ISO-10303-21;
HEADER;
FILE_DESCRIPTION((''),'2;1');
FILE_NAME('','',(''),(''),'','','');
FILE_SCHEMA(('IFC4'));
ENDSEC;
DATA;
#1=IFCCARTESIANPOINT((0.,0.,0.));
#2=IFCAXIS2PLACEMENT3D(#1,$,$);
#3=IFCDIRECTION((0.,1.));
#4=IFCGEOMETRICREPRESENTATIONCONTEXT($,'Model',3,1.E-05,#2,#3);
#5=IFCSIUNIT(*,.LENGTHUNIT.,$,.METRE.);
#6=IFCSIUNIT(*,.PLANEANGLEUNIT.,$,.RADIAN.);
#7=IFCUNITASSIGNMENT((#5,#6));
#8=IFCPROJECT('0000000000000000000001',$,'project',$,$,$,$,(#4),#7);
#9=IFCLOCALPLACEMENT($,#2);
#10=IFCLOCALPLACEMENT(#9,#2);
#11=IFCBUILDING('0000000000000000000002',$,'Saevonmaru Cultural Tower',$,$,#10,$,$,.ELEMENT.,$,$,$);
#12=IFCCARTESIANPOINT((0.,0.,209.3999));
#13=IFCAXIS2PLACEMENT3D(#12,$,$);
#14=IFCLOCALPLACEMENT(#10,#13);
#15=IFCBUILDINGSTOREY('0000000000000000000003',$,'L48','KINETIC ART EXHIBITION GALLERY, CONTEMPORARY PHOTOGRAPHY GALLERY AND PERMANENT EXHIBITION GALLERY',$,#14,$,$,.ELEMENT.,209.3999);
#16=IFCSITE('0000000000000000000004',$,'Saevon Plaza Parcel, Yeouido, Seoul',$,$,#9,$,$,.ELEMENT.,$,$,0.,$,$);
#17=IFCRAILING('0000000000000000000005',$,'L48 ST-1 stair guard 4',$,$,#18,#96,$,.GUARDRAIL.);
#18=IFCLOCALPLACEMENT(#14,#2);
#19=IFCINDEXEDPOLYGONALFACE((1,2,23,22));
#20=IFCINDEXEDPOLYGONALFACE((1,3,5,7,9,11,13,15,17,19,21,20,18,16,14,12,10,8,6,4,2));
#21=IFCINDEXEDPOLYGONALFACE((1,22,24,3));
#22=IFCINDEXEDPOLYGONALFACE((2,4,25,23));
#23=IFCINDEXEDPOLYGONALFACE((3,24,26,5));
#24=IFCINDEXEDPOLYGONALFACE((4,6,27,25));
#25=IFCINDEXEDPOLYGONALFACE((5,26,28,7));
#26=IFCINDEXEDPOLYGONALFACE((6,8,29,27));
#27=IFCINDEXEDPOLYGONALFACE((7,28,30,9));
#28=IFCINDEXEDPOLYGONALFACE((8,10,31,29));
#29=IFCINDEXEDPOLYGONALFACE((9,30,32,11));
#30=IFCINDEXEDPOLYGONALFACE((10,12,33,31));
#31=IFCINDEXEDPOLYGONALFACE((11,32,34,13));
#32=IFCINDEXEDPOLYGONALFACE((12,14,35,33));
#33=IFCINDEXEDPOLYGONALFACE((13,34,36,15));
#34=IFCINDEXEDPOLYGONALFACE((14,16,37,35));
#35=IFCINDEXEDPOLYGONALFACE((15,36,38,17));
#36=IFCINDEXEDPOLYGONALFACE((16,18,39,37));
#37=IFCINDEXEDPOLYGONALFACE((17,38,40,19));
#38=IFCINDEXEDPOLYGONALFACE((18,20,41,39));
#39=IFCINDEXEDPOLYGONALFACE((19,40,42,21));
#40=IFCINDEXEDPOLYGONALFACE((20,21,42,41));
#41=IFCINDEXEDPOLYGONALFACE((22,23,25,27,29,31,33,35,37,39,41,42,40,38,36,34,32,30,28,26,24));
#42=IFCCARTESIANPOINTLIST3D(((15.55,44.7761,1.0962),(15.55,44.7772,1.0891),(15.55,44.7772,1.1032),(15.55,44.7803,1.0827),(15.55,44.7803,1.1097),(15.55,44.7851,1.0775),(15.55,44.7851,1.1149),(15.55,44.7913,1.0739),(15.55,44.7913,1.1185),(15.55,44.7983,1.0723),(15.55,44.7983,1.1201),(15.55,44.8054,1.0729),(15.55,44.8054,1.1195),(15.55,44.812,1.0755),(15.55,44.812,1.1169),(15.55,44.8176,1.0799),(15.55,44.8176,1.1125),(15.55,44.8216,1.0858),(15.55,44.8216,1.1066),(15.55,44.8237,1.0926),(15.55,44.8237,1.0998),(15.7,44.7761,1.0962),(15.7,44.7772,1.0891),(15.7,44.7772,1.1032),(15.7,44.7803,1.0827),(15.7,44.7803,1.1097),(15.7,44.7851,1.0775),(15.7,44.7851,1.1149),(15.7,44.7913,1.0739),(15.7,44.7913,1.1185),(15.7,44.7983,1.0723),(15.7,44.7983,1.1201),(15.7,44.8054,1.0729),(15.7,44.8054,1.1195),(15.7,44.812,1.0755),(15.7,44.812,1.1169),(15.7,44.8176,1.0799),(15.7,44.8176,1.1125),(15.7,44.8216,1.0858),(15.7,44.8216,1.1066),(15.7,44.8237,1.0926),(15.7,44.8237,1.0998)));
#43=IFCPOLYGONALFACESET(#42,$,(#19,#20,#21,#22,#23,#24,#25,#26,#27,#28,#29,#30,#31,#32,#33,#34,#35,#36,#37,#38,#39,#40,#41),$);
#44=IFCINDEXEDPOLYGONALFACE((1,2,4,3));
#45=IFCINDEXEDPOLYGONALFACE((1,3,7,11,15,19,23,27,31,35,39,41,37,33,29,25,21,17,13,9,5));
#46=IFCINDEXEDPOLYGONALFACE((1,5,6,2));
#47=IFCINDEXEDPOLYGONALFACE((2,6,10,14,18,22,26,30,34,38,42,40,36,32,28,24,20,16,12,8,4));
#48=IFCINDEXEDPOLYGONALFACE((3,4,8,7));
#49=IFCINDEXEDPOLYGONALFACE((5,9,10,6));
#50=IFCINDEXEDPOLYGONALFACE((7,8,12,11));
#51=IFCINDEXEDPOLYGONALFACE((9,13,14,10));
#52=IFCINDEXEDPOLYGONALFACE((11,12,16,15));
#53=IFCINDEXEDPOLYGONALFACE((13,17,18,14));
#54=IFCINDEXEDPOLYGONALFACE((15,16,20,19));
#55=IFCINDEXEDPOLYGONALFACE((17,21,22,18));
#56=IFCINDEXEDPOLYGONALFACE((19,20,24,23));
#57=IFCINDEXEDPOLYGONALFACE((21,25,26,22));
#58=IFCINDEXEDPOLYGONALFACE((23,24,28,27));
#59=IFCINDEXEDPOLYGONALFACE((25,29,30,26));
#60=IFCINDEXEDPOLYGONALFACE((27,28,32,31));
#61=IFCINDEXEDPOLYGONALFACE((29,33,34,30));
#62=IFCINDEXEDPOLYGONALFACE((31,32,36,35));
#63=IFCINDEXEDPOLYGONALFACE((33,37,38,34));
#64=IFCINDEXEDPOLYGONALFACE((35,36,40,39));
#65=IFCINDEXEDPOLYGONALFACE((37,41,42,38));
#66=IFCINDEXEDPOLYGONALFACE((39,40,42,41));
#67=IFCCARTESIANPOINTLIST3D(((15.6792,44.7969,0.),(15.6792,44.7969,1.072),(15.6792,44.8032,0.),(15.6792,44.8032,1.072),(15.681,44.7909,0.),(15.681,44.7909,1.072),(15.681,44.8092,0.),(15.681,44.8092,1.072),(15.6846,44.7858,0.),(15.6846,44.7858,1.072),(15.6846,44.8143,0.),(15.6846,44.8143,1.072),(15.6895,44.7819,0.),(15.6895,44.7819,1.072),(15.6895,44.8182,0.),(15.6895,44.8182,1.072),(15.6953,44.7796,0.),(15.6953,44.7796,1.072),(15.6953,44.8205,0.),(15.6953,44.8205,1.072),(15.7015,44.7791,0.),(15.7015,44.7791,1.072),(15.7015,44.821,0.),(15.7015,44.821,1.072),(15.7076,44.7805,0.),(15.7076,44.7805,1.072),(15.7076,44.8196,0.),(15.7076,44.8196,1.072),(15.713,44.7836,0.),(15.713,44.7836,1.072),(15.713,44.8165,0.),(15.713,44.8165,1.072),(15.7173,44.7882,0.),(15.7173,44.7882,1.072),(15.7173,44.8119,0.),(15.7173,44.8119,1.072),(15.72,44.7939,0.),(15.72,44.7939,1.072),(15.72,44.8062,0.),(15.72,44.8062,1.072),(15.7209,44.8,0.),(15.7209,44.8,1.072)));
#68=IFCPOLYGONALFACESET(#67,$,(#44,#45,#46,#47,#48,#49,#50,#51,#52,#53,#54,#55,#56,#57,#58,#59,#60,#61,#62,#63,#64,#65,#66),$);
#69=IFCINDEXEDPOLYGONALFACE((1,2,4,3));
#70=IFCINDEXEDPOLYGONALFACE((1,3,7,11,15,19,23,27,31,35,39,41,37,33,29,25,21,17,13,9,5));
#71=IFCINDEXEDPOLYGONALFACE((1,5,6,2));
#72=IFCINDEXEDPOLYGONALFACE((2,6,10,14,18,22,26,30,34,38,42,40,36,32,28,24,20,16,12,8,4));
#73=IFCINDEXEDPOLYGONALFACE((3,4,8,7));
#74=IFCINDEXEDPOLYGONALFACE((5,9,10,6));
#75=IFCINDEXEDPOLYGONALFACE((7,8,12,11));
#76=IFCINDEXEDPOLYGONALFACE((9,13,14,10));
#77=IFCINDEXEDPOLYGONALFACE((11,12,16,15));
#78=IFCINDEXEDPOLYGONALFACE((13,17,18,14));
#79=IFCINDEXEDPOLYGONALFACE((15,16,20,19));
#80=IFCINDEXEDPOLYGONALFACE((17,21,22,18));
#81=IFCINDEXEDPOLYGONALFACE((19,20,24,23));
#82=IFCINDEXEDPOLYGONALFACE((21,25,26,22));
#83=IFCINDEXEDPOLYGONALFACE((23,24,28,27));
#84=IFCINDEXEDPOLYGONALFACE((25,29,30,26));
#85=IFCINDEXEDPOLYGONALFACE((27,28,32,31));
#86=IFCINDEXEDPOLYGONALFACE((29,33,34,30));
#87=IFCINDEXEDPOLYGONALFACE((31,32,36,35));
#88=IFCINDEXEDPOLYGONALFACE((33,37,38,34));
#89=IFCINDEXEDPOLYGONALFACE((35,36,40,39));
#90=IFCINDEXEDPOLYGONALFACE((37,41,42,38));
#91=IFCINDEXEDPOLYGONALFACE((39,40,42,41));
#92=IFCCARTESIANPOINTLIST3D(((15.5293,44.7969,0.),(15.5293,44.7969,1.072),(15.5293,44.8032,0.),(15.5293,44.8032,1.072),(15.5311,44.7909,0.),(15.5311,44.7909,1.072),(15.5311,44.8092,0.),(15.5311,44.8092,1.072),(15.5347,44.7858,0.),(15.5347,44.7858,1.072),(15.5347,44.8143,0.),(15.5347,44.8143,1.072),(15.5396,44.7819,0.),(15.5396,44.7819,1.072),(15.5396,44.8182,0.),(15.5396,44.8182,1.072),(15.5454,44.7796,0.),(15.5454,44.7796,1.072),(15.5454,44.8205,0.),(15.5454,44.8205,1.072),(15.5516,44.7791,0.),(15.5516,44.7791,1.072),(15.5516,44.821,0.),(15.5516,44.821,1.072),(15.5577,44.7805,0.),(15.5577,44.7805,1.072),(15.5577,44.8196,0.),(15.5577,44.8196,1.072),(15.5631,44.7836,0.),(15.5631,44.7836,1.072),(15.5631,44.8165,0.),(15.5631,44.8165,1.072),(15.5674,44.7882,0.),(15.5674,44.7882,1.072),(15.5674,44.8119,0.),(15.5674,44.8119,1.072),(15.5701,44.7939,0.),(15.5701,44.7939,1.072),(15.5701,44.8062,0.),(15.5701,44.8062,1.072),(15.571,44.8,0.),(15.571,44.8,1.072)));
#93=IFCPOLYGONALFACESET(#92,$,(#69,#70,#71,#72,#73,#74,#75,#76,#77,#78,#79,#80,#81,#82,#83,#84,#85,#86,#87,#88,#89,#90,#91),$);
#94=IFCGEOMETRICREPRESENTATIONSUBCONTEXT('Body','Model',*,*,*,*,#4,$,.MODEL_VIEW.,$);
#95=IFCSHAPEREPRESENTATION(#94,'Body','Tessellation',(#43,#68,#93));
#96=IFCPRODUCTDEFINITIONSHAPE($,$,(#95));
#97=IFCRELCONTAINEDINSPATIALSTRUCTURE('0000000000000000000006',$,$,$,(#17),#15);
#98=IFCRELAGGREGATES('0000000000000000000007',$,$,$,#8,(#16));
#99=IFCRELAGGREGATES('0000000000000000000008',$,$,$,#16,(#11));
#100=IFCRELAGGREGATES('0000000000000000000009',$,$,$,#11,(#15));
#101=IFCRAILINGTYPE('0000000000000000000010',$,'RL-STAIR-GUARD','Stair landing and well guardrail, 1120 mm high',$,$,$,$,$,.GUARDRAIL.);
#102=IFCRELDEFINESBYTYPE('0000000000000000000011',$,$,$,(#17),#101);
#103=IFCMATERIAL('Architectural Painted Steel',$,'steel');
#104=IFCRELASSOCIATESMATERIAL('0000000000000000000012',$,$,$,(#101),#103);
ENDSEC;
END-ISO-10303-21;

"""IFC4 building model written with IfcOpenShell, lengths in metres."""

from ifc_helpers import new_model, si_unit, direction, frame, origin, origin_2d, place, context, subcontext, project, spatial, circle, extrude, material, type_object, element, save


model = new_model("IFC4")

# Units and contexts
model_context = context("Model", 3, precision=1e-05, world=origin(), true_north=direction((0.0, 1.0)))
body_context = subcontext(model_context, "Body", "Model", "MODEL_VIEW")
ifc_project = project(units=[si_unit("LENGTHUNIT", "METRE"), si_unit("PLANEANGLEUNIT", "RADIAN")], contexts=[model_context])

# Site, building, storey
site_placement = place(None, origin())
site = spatial("IfcSite", under=ifc_project, at=site_placement, Name="Saevon Plaza Parcel, Yeouido, Seoul", CompositionType="ELEMENT", RefElevation=0.0)
building_placement = place(site_placement, origin())
building = spatial("IfcBuilding", under=site, at=building_placement, Name="Saevonmaru Cultural Tower", CompositionType="ELEMENT")
storey_placement = place(building_placement, frame((0.0, 0.0, 209.3999)))
storey = spatial("IfcBuildingStorey", under=building, at=storey_placement, Name="L48", Description="KINETIC ART EXHIBITION GALLERY, CONTEMPORARY PHOTOGRAPHY GALLERY AND PERMANENT EXHIBITION GALLERY", CompositionType="ELEMENT", Elevation=209.3999)

# Railing
ifc_material_1 = material(Name="Architectural Painted Steel", Category="steel")
railing_type_1 = type_object("IfcRailingType", Name="RL-STAIR-GUARD", Description="Stair landing and well guardrail, 1120 mm high", PredefinedType="GUARDRAIL", material=ifc_material_1)
railing_1_placement = place(storey_placement, frame((15.7, 44.8, 0.0)))
element("IfcRailing", 1, at=railing_1_placement, inside=storey, type_object=railing_type_1, Name="L48 ST-1 stair guard 4", PredefinedType="GUARDRAIL", context=body_context, shape_type="SweptSolid", body=[
    extrude(circle(Radius=0.0239, at=origin_2d()), frame((0.0, 0.0, 1.0962), z_axis=(-1.0, 0.0, 0.0), x_axis=(0.0, -1.0, 0.0)), (0.0, 0.0, 1.0), 0.1499),
    extrude(circle(Radius=0.021, at=origin_2d()), origin(), (0.0, 0.0, 1.0), 1.072),
    extrude(circle(Radius=0.021, at=origin_2d()), frame((-0.1499, 0.0, 0.0)), (0.0, 0.0, 1.0), 1.072),
])

save(model, "model.ifc")
